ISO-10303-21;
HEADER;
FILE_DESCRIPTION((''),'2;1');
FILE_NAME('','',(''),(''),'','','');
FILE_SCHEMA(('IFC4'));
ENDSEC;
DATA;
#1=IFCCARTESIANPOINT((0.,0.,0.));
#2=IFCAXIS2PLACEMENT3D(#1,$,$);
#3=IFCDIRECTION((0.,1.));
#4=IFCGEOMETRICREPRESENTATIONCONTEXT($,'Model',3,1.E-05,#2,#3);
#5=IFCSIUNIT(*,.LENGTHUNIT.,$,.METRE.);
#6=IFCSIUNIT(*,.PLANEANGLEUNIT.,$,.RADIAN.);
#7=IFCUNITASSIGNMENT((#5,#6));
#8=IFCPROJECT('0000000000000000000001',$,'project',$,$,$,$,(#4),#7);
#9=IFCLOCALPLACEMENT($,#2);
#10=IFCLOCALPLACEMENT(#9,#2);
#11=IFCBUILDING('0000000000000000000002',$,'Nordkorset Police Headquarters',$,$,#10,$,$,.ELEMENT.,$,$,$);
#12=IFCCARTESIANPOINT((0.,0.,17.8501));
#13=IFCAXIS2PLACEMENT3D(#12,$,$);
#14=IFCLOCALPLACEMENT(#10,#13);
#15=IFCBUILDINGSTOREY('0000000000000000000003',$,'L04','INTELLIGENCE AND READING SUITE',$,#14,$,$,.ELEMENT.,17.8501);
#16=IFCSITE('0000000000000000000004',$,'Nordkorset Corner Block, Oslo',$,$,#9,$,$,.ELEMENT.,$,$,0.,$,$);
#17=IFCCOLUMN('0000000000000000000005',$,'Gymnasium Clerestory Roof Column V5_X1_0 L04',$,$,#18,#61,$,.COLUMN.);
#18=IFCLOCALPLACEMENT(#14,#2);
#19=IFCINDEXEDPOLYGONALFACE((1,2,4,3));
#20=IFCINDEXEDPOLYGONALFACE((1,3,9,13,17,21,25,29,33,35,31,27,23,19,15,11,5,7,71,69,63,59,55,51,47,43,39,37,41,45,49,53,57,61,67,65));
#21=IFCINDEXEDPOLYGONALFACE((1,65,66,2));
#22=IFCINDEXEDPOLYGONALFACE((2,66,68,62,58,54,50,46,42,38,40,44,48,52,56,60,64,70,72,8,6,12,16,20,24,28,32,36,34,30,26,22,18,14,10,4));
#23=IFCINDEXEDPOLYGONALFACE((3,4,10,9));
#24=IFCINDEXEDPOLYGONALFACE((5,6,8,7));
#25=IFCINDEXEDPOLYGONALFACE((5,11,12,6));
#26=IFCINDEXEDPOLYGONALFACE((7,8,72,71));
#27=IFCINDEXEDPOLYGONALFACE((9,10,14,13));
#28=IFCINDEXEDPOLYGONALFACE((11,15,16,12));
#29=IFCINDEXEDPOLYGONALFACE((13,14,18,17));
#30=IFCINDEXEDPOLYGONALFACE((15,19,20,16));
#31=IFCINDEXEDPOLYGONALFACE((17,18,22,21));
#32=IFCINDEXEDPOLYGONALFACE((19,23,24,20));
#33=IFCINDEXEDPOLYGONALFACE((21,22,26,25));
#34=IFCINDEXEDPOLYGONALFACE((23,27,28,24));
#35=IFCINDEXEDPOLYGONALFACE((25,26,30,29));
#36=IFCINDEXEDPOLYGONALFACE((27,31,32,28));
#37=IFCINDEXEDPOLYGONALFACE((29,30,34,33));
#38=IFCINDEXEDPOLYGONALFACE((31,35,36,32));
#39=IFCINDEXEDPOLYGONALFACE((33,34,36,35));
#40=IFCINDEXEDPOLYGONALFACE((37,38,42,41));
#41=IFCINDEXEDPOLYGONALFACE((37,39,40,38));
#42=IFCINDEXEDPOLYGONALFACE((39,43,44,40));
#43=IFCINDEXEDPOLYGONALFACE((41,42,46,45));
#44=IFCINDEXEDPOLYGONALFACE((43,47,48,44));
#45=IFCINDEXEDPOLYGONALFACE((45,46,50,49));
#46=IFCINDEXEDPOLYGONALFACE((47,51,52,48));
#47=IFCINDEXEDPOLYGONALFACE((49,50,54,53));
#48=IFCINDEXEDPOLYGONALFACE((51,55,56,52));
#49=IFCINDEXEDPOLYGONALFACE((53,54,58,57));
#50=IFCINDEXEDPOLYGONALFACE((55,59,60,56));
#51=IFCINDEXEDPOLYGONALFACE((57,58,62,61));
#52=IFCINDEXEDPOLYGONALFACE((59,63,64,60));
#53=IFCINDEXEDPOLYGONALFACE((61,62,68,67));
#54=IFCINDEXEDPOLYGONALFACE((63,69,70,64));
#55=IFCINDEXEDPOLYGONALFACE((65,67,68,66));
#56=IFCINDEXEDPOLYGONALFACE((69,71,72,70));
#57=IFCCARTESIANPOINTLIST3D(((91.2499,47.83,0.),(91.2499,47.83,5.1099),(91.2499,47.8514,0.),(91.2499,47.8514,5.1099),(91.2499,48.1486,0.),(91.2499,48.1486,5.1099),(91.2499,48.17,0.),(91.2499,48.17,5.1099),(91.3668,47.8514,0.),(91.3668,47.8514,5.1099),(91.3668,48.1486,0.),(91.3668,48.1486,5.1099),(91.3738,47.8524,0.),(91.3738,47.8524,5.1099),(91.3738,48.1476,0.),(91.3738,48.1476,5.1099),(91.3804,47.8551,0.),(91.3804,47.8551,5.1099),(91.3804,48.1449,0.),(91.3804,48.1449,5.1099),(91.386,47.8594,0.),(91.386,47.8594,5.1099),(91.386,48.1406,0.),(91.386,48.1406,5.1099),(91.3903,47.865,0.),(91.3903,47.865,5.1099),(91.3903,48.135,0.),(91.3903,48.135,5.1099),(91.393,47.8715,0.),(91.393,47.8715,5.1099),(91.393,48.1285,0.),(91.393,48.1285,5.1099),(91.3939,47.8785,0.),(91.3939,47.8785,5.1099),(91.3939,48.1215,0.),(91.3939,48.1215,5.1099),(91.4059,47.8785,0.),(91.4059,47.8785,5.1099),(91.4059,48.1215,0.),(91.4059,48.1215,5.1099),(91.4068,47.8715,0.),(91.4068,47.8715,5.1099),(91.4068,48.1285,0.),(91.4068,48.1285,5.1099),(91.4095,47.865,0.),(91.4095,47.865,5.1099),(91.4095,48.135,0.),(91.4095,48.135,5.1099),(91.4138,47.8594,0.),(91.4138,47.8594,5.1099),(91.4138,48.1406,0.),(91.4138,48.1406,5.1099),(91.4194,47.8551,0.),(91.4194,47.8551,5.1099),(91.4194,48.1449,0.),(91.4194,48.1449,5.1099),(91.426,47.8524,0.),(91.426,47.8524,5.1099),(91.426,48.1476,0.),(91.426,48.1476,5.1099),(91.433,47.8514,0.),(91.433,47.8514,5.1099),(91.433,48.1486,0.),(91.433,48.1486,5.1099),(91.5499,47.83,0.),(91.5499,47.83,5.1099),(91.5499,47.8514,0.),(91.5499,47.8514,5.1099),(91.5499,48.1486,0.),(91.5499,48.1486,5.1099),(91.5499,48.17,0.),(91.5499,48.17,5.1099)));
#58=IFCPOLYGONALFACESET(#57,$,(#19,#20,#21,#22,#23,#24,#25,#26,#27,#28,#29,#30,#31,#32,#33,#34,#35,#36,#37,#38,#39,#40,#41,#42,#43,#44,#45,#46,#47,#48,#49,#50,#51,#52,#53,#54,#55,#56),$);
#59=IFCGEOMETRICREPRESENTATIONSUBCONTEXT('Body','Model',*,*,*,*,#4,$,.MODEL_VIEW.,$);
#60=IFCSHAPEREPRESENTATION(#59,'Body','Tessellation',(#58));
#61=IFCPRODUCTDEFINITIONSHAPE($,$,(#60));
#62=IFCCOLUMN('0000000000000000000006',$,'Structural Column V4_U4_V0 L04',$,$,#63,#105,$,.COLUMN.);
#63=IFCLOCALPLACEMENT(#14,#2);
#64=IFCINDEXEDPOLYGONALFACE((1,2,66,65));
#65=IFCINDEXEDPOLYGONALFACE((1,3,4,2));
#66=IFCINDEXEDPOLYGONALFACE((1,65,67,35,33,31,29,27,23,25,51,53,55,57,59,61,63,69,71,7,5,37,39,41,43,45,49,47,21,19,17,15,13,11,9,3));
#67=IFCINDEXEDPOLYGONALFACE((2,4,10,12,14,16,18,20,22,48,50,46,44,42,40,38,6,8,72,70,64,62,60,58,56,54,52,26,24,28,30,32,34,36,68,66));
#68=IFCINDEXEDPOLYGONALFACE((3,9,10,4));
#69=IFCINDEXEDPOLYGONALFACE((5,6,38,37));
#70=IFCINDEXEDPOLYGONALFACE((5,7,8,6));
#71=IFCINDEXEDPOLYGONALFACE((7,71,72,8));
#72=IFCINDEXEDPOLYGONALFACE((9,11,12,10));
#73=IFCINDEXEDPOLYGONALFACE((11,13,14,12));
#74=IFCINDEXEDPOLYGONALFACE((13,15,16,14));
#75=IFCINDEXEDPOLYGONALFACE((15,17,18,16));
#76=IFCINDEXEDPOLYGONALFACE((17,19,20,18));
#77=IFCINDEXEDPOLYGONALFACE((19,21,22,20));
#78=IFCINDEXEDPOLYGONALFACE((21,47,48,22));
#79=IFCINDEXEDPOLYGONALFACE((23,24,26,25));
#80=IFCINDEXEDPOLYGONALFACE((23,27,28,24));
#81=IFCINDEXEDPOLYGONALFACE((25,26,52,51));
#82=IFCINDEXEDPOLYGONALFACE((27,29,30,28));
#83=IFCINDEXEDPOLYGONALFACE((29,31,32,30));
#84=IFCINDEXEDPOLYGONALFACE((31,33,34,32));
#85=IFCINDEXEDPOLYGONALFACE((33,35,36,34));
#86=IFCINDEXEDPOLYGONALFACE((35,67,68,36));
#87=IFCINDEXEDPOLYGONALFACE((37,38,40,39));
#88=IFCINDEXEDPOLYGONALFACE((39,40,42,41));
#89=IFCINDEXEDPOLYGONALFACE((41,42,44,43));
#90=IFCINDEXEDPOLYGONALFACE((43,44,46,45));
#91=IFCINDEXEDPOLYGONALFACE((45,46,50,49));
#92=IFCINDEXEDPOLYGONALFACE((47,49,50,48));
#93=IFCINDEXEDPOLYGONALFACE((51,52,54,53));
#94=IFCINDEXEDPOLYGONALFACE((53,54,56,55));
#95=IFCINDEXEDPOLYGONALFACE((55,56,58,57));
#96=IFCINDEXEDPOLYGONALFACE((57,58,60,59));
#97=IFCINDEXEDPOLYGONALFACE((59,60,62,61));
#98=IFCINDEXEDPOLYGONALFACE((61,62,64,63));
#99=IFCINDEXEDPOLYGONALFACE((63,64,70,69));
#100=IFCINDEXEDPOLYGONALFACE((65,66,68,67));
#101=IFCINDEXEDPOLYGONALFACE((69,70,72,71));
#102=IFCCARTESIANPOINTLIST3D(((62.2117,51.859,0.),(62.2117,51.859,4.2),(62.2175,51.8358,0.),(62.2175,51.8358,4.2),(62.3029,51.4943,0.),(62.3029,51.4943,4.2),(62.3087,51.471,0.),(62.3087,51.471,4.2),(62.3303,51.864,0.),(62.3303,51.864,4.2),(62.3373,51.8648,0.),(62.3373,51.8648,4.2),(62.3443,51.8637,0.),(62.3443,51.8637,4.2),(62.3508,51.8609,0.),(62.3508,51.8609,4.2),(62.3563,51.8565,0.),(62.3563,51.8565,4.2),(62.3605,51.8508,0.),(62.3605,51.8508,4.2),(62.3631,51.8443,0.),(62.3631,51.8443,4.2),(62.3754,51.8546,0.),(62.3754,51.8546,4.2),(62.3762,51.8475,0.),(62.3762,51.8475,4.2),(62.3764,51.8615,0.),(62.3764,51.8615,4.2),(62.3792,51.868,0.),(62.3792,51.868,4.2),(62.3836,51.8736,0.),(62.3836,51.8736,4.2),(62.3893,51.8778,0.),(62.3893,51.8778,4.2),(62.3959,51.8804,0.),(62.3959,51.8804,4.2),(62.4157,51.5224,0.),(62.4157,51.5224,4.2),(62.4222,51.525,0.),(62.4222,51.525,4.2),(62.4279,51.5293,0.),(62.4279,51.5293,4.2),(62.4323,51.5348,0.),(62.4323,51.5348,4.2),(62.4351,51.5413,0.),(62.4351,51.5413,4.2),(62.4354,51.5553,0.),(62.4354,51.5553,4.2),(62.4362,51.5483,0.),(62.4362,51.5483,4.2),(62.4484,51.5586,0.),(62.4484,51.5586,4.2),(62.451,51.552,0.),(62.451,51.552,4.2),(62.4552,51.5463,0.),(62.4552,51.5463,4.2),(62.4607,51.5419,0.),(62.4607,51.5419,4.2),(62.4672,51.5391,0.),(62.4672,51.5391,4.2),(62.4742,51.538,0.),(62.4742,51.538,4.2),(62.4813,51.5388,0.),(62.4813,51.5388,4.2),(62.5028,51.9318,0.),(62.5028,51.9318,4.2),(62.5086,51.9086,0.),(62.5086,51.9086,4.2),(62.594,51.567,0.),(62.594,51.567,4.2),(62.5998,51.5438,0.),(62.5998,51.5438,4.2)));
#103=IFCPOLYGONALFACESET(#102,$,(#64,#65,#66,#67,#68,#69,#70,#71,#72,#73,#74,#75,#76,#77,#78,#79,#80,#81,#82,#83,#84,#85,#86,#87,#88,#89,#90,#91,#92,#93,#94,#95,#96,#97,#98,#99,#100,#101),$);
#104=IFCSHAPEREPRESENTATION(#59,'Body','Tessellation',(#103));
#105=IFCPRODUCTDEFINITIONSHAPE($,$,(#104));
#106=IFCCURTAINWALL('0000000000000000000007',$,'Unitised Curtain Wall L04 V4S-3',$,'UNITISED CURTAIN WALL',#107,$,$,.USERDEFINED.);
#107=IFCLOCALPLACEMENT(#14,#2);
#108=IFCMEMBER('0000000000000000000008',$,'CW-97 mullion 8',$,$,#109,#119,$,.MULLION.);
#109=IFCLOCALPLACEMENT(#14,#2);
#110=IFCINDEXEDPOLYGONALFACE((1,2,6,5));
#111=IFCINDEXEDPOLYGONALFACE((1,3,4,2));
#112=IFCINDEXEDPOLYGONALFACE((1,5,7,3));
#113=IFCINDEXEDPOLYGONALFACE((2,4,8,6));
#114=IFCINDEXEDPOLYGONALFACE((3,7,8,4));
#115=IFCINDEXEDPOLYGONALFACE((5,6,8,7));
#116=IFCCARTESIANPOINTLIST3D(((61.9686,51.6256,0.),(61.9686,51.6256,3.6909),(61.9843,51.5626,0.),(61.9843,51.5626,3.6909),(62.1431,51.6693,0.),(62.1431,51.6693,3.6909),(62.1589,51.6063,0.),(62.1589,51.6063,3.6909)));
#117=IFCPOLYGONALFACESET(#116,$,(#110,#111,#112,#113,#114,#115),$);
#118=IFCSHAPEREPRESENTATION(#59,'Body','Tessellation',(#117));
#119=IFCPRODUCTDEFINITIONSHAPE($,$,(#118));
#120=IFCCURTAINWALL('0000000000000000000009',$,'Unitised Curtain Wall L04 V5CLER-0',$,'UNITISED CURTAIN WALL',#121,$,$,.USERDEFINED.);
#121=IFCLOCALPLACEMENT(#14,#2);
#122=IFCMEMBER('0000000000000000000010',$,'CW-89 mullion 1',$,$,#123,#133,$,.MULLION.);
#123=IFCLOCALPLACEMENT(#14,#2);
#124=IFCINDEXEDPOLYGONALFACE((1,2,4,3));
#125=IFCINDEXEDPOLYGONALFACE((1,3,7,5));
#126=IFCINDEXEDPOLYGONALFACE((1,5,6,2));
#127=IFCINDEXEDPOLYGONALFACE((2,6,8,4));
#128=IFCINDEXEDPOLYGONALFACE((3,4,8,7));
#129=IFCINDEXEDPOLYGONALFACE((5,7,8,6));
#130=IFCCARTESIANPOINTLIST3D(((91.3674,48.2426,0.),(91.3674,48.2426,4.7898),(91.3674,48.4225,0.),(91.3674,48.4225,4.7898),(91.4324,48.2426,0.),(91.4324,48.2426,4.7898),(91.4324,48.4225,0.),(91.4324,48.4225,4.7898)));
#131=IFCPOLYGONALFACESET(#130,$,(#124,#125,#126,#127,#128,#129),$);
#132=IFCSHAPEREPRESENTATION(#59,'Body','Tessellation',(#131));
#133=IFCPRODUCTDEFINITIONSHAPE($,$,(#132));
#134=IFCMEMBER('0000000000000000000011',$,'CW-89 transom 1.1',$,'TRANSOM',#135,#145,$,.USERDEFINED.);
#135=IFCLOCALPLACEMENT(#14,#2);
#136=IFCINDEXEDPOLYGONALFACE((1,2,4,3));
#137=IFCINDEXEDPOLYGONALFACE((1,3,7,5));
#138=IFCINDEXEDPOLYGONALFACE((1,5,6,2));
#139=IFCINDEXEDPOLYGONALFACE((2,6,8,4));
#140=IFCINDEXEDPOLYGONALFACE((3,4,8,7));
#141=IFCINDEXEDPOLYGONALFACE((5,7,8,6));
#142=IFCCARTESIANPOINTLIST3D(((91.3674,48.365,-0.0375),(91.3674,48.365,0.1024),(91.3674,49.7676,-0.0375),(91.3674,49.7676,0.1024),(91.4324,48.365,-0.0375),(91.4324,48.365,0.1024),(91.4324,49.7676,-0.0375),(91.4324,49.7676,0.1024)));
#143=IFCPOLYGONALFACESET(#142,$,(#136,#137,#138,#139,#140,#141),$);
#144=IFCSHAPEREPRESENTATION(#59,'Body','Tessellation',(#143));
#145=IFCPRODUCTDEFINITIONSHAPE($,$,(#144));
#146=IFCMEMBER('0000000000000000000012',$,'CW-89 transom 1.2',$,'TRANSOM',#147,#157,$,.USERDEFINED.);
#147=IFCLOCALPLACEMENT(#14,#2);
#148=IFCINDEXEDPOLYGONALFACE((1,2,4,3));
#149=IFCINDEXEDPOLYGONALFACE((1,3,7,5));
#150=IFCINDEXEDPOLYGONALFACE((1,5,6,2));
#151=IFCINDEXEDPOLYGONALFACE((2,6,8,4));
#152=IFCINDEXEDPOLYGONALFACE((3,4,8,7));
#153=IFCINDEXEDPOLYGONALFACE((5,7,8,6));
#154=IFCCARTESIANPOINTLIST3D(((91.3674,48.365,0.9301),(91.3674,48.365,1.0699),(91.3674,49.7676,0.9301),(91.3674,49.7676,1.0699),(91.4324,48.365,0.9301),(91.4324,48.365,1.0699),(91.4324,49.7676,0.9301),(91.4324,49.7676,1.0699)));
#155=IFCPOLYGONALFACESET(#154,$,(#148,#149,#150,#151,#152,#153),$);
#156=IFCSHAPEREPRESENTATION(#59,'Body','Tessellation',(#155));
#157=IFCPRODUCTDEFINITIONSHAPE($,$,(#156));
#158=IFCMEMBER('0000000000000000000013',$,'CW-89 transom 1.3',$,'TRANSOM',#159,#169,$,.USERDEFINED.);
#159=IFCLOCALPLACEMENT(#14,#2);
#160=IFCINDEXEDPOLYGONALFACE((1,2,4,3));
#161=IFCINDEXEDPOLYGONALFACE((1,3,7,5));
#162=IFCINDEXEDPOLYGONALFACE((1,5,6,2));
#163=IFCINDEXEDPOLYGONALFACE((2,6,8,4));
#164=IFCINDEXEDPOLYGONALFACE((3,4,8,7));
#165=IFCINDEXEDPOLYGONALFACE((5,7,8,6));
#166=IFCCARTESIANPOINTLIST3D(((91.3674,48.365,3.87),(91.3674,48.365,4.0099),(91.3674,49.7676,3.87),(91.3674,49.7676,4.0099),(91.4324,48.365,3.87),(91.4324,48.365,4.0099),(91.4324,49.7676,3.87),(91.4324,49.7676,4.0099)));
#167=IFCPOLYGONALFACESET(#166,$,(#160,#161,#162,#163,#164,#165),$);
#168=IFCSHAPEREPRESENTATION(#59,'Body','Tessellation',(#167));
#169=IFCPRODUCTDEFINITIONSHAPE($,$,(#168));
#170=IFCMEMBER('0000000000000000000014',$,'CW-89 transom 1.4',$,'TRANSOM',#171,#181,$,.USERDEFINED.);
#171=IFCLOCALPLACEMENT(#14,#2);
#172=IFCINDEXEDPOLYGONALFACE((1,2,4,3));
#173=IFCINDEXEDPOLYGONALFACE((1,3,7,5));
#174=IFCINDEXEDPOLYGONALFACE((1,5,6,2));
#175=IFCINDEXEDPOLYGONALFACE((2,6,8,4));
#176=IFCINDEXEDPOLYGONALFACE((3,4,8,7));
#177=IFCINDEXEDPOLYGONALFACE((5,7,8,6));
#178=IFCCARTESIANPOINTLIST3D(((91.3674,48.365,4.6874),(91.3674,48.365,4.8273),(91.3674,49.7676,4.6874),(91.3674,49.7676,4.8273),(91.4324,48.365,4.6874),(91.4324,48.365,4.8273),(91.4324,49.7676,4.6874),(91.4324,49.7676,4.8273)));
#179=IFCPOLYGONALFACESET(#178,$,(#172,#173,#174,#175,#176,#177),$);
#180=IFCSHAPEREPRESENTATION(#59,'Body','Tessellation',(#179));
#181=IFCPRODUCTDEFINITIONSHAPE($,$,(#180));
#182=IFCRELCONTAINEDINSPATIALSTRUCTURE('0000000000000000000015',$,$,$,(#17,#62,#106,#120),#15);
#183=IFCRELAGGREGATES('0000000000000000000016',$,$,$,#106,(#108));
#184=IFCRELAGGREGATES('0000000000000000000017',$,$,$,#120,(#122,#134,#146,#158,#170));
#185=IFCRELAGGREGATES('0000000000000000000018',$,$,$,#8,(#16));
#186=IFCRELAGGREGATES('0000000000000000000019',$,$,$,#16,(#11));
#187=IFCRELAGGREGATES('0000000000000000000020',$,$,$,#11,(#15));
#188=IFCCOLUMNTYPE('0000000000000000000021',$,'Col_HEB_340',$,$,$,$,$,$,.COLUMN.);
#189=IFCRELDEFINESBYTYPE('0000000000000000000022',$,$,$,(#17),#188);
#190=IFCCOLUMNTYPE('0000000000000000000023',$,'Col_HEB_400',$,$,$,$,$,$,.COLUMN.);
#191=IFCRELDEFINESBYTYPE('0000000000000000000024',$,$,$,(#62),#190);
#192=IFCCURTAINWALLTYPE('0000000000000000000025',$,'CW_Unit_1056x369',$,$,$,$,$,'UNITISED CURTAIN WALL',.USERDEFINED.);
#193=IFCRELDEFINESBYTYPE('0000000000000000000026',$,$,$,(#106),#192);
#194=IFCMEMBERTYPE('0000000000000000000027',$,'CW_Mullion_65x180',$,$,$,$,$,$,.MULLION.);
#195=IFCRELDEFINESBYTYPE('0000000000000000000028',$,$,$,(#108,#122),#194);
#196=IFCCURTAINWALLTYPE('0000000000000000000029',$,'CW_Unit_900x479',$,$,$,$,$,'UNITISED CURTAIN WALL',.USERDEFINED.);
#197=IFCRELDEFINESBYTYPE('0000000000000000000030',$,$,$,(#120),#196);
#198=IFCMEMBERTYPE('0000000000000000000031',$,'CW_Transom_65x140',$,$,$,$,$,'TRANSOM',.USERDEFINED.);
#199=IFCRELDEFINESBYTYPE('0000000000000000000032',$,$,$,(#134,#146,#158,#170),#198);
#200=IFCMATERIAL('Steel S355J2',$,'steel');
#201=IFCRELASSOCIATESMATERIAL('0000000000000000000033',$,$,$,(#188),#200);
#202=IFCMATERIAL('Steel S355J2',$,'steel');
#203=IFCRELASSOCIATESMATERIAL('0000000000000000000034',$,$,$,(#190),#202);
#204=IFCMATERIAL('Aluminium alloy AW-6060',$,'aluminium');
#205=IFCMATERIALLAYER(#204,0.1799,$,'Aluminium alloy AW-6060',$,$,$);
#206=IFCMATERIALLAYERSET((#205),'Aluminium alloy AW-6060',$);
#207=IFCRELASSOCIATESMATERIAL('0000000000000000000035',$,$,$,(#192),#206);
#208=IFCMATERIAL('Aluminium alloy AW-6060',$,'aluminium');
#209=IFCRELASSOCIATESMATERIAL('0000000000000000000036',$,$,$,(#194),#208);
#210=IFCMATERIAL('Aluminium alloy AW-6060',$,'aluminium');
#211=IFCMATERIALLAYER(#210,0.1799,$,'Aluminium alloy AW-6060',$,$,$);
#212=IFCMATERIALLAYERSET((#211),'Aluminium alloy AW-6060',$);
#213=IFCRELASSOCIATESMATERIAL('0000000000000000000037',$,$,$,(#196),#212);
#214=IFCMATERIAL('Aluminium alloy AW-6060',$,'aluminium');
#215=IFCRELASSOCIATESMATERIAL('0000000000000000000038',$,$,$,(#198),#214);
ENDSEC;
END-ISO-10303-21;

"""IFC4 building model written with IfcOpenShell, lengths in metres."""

from ifc_helpers import new_model, si_unit, direction, frame, origin, origin_2d, place, context, subcontext, project, spatial, rectangle, i_section, extrude, material, layer, layer_set, material_profile, profile_set, type_object, element, aggregate, save


model = new_model("IFC4")

# Units and contexts
model_context = context("Model", 3, precision=1e-05, world=origin(), true_north=direction((0.0, 1.0)))
body_context = subcontext(model_context, "Body", "Model", "MODEL_VIEW")
ifc_project = project(units=[si_unit("LENGTHUNIT", "METRE"), si_unit("PLANEANGLEUNIT", "RADIAN")], contexts=[model_context])

# Site, building, storey
site_placement = place(None, origin())
site = spatial("IfcSite", under=ifc_project, at=site_placement, Name="Nordkorset Corner Block, Oslo", CompositionType="ELEMENT", RefElevation=0.0)
building_placement = place(site_placement, origin())
building = spatial("IfcBuilding", under=site, at=building_placement, Name="Nordkorset Police Headquarters", CompositionType="ELEMENT")
storey_placement = place(building_placement, frame((0.0, 0.0, 17.8501)))
storey = spatial("IfcBuildingStorey", under=building, at=storey_placement, Name="L04", Description="INTELLIGENCE AND READING SUITE", CompositionType="ELEMENT", Elevation=17.8501)

# Columns
ifc_material_1 = material(Name="Steel S355J2", Category="steel")
ifc_material_profile_1 = material_profile(ifc_material_1, i_section(OverallWidth=0.3, OverallDepth=0.3401, WebThickness=0.012, FlangeThickness=0.0215, FilletRadius=0.0271, at=origin_2d()), Name="HEB 340")
ifc_profile_set_1 = profile_set([ifc_material_profile_1], Name="Steel S355J2")
column_type_1 = type_object("IfcColumnType", Name="Col_HEB_340", PredefinedType="COLUMN", material=ifc_profile_set_1)
column_1_placement = place(storey_placement, frame((91.3999, 48.0, 0.0), z_axis=(0.0, 0.0, 1.0), x_axis=(1.0, 0.0, 0.0)))
element("IfcColumn", 1, at=column_1_placement, inside=storey, type_object=column_type_1, Name="Gymnasium Clerestory Roof Column V5_X1_0 L04", PredefinedType="COLUMN", context=body_context, shape_type="SweptSolid", body=[
    extrude(i_section(OverallWidth=0.3, OverallDepth=0.3401, WebThickness=0.012, FlangeThickness=0.0215, FilletRadius=0.0271, at=origin_2d()), origin(), (0.0, 0.0, 1.0), 5.1099),
])
ifc_material_2 = material(Name="Steel S355J2", Category="steel")
ifc_material_profile_2 = material_profile(ifc_material_2, i_section(OverallWidth=0.3, OverallDepth=0.3999, WebThickness=0.0134, FlangeThickness=0.0239, FilletRadius=0.0271, at=origin_2d()), Name="HEB 400")
ifc_profile_set_2 = profile_set([ifc_material_profile_2], Name="Steel S355J2")
column_type_2 = type_object("IfcColumnType", Name="Col_HEB_400", PredefinedType="COLUMN", material=ifc_profile_set_2)
column_2_placement = place(storey_placement, frame((62.4058, 51.7014, 0.0), z_axis=(0.0, 0.0, 1.0), x_axis=(0.970143, 0.242536, 0.0)))
element("IfcColumn", 2, at=column_2_placement, inside=storey, type_object=column_type_2, Name="Structural Column V4_U4_V0 L04", PredefinedType="COLUMN", context=body_context, shape_type="SweptSolid", body=[
    extrude(i_section(OverallWidth=0.3, OverallDepth=0.3999, WebThickness=0.0134, FlangeThickness=0.0239, FilletRadius=0.0271, at=origin_2d()), origin(), (0.0, 0.0, 1.0), 4.2),
])

# Curtain wall, member
ifc_material_3 = material(Name="Aluminium alloy AW-6060", Category="aluminium")
ifc_layer_1 = layer(ifc_material_3, 0.1799, Name="Aluminium alloy AW-6060")
ifc_layer_set_1 = layer_set([ifc_layer_1], Name="Aluminium alloy AW-6060")
curtain_wall_type_1 = type_object("IfcCurtainWallType", Name="CW_Unit_1056x369", ElementType="UNITISED CURTAIN WALL", PredefinedType="USERDEFINED", material=ifc_layer_set_1)
curtain_wall_1_placement = place(storey_placement, origin())
curtain_wall_1 = element("IfcCurtainWall", 3, at=curtain_wall_1_placement, inside=storey, type_object=curtain_wall_type_1, Name="Unitised Curtain Wall L04 V4S-3", ObjectType="UNITISED CURTAIN WALL", PredefinedType="USERDEFINED")
ifc_material_4 = material(Name="Aluminium alloy AW-6060", Category="aluminium")
ifc_material_profile_3 = material_profile(ifc_material_4, rectangle(XDim=0.0649, YDim=0.1799, at=origin_2d()), Name="ALU MULL 65x180")
ifc_profile_set_3 = profile_set([ifc_material_profile_3], Name="Aluminium alloy AW-6060")
member_type_1 = type_object("IfcMemberType", Name="CW_Mullion_65x180", PredefinedType="MULLION", material=ifc_profile_set_3)
member_1_placement = place(storey_placement, frame((62.0637, 51.616, 0.0), z_axis=(0.0, 0.0, 1.0), x_axis=(-0.242535, 0.970143, 0.0)))
member_1 = element("IfcMember", 4, at=member_1_placement, type_object=member_type_1, Name="CW-97 mullion 8", PredefinedType="MULLION", context=body_context, shape_type="SweptSolid", body=[
    extrude(rectangle(XDim=0.0649, YDim=0.1799, at=origin_2d()), origin(), (0.0, 0.0, 1.0), 3.6909),
])

# Curtain wall, members
ifc_material_5 = material(Name="Aluminium alloy AW-6060", Category="aluminium")
ifc_layer_2 = layer(ifc_material_5, 0.1799, Name="Aluminium alloy AW-6060")
ifc_layer_set_2 = layer_set([ifc_layer_2], Name="Aluminium alloy AW-6060")
curtain_wall_type_2 = type_object("IfcCurtainWallType", Name="CW_Unit_900x479", ElementType="UNITISED CURTAIN WALL", PredefinedType="USERDEFINED", material=ifc_layer_set_2)
curtain_wall_2_placement = place(storey_placement, origin())
curtain_wall_2 = element("IfcCurtainWall", 5, at=curtain_wall_2_placement, inside=storey, type_object=curtain_wall_type_2, Name="Unitised Curtain Wall L04 V5CLER-0", ObjectType="UNITISED CURTAIN WALL", PredefinedType="USERDEFINED")
member_2_placement = place(storey_placement, frame((91.3999, 48.3325, 0.0), z_axis=(0.0, 0.0, 1.0), x_axis=(-1.0, 0.0, 0.0)))
member_2 = element("IfcMember", 6, at=member_2_placement, type_object=member_type_1, Name="CW-89 mullion 1", PredefinedType="MULLION", context=body_context, shape_type="SweptSolid", body=[
    extrude(rectangle(XDim=0.0649, YDim=0.1799, at=origin_2d()), origin(), (0.0, 0.0, 1.0), 4.7898),
])
ifc_material_6 = material(Name="Aluminium alloy AW-6060", Category="aluminium")
ifc_material_profile_4 = material_profile(ifc_material_6, rectangle(XDim=0.0649, YDim=0.1399, at=origin_2d()), Name="ALU TRAN 65x140")
ifc_profile_set_4 = profile_set([ifc_material_profile_4], Name="Aluminium alloy AW-6060")
member_type_2 = type_object("IfcMemberType", Name="CW_Transom_65x140", ElementType="TRANSOM", PredefinedType="USERDEFINED", material=ifc_profile_set_4)
member_3_placement = place(storey_placement, frame((91.3999, 48.365, 0.0325), z_axis=(0.0, 1.0, 0.0), x_axis=(-1.0, 0.0, 0.0)))
member_3 = element("IfcMember", 7, at=member_3_placement, type_object=member_type_2, Name="CW-89 transom 1.1", ObjectType="TRANSOM", PredefinedType="USERDEFINED", context=body_context, shape_type="SweptSolid", body=[
    extrude(rectangle(XDim=0.0649, YDim=0.1399, at=origin_2d()), origin(), (0.0, 0.0, 1.0), 1.4026),
])
member_4_placement = place(storey_placement, frame((91.3999, 48.365, 1.0), z_axis=(0.0, 1.0, 0.0), x_axis=(-1.0, 0.0, 0.0)))
member_4 = element("IfcMember", 8, at=member_4_placement, type_object=member_type_2, Name="CW-89 transom 1.2", ObjectType="TRANSOM", PredefinedType="USERDEFINED", context=body_context, shape_type="SweptSolid", body=[
    extrude(rectangle(XDim=0.0649, YDim=0.1399, at=origin_2d()), origin(), (0.0, 0.0, 1.0), 1.4026),
])
member_5_placement = place(storey_placement, frame((91.3999, 48.365, 3.9399), z_axis=(0.0, 1.0, 0.0), x_axis=(-1.0, 0.0, 0.0)))
member_5 = element("IfcMember", 9, at=member_5_placement, type_object=member_type_2, Name="CW-89 transom 1.3", ObjectType="TRANSOM", PredefinedType="USERDEFINED", context=body_context, shape_type="SweptSolid", body=[
    extrude(rectangle(XDim=0.0649, YDim=0.1399, at=origin_2d()), origin(), (0.0, 0.0, 1.0), 1.4026),
])
member_6_placement = place(storey_placement, frame((91.3999, 48.365, 4.7573), z_axis=(0.0, 1.0, 0.0), x_axis=(-1.0, 0.0, 0.0)))
member_6 = element("IfcMember", 10, at=member_6_placement, type_object=member_type_2, Name="CW-89 transom 1.4", ObjectType="TRANSOM", PredefinedType="USERDEFINED", context=body_context, shape_type="SweptSolid", body=[
    extrude(rectangle(XDim=0.0649, YDim=0.1399, at=origin_2d()), origin(), (0.0, 0.0, 1.0), 1.4026),
])

aggregate(curtain_wall_1, [member_1])
aggregate(curtain_wall_2, [member_2, member_3, member_4, member_5, member_6])

save(model, "model.ifc")
